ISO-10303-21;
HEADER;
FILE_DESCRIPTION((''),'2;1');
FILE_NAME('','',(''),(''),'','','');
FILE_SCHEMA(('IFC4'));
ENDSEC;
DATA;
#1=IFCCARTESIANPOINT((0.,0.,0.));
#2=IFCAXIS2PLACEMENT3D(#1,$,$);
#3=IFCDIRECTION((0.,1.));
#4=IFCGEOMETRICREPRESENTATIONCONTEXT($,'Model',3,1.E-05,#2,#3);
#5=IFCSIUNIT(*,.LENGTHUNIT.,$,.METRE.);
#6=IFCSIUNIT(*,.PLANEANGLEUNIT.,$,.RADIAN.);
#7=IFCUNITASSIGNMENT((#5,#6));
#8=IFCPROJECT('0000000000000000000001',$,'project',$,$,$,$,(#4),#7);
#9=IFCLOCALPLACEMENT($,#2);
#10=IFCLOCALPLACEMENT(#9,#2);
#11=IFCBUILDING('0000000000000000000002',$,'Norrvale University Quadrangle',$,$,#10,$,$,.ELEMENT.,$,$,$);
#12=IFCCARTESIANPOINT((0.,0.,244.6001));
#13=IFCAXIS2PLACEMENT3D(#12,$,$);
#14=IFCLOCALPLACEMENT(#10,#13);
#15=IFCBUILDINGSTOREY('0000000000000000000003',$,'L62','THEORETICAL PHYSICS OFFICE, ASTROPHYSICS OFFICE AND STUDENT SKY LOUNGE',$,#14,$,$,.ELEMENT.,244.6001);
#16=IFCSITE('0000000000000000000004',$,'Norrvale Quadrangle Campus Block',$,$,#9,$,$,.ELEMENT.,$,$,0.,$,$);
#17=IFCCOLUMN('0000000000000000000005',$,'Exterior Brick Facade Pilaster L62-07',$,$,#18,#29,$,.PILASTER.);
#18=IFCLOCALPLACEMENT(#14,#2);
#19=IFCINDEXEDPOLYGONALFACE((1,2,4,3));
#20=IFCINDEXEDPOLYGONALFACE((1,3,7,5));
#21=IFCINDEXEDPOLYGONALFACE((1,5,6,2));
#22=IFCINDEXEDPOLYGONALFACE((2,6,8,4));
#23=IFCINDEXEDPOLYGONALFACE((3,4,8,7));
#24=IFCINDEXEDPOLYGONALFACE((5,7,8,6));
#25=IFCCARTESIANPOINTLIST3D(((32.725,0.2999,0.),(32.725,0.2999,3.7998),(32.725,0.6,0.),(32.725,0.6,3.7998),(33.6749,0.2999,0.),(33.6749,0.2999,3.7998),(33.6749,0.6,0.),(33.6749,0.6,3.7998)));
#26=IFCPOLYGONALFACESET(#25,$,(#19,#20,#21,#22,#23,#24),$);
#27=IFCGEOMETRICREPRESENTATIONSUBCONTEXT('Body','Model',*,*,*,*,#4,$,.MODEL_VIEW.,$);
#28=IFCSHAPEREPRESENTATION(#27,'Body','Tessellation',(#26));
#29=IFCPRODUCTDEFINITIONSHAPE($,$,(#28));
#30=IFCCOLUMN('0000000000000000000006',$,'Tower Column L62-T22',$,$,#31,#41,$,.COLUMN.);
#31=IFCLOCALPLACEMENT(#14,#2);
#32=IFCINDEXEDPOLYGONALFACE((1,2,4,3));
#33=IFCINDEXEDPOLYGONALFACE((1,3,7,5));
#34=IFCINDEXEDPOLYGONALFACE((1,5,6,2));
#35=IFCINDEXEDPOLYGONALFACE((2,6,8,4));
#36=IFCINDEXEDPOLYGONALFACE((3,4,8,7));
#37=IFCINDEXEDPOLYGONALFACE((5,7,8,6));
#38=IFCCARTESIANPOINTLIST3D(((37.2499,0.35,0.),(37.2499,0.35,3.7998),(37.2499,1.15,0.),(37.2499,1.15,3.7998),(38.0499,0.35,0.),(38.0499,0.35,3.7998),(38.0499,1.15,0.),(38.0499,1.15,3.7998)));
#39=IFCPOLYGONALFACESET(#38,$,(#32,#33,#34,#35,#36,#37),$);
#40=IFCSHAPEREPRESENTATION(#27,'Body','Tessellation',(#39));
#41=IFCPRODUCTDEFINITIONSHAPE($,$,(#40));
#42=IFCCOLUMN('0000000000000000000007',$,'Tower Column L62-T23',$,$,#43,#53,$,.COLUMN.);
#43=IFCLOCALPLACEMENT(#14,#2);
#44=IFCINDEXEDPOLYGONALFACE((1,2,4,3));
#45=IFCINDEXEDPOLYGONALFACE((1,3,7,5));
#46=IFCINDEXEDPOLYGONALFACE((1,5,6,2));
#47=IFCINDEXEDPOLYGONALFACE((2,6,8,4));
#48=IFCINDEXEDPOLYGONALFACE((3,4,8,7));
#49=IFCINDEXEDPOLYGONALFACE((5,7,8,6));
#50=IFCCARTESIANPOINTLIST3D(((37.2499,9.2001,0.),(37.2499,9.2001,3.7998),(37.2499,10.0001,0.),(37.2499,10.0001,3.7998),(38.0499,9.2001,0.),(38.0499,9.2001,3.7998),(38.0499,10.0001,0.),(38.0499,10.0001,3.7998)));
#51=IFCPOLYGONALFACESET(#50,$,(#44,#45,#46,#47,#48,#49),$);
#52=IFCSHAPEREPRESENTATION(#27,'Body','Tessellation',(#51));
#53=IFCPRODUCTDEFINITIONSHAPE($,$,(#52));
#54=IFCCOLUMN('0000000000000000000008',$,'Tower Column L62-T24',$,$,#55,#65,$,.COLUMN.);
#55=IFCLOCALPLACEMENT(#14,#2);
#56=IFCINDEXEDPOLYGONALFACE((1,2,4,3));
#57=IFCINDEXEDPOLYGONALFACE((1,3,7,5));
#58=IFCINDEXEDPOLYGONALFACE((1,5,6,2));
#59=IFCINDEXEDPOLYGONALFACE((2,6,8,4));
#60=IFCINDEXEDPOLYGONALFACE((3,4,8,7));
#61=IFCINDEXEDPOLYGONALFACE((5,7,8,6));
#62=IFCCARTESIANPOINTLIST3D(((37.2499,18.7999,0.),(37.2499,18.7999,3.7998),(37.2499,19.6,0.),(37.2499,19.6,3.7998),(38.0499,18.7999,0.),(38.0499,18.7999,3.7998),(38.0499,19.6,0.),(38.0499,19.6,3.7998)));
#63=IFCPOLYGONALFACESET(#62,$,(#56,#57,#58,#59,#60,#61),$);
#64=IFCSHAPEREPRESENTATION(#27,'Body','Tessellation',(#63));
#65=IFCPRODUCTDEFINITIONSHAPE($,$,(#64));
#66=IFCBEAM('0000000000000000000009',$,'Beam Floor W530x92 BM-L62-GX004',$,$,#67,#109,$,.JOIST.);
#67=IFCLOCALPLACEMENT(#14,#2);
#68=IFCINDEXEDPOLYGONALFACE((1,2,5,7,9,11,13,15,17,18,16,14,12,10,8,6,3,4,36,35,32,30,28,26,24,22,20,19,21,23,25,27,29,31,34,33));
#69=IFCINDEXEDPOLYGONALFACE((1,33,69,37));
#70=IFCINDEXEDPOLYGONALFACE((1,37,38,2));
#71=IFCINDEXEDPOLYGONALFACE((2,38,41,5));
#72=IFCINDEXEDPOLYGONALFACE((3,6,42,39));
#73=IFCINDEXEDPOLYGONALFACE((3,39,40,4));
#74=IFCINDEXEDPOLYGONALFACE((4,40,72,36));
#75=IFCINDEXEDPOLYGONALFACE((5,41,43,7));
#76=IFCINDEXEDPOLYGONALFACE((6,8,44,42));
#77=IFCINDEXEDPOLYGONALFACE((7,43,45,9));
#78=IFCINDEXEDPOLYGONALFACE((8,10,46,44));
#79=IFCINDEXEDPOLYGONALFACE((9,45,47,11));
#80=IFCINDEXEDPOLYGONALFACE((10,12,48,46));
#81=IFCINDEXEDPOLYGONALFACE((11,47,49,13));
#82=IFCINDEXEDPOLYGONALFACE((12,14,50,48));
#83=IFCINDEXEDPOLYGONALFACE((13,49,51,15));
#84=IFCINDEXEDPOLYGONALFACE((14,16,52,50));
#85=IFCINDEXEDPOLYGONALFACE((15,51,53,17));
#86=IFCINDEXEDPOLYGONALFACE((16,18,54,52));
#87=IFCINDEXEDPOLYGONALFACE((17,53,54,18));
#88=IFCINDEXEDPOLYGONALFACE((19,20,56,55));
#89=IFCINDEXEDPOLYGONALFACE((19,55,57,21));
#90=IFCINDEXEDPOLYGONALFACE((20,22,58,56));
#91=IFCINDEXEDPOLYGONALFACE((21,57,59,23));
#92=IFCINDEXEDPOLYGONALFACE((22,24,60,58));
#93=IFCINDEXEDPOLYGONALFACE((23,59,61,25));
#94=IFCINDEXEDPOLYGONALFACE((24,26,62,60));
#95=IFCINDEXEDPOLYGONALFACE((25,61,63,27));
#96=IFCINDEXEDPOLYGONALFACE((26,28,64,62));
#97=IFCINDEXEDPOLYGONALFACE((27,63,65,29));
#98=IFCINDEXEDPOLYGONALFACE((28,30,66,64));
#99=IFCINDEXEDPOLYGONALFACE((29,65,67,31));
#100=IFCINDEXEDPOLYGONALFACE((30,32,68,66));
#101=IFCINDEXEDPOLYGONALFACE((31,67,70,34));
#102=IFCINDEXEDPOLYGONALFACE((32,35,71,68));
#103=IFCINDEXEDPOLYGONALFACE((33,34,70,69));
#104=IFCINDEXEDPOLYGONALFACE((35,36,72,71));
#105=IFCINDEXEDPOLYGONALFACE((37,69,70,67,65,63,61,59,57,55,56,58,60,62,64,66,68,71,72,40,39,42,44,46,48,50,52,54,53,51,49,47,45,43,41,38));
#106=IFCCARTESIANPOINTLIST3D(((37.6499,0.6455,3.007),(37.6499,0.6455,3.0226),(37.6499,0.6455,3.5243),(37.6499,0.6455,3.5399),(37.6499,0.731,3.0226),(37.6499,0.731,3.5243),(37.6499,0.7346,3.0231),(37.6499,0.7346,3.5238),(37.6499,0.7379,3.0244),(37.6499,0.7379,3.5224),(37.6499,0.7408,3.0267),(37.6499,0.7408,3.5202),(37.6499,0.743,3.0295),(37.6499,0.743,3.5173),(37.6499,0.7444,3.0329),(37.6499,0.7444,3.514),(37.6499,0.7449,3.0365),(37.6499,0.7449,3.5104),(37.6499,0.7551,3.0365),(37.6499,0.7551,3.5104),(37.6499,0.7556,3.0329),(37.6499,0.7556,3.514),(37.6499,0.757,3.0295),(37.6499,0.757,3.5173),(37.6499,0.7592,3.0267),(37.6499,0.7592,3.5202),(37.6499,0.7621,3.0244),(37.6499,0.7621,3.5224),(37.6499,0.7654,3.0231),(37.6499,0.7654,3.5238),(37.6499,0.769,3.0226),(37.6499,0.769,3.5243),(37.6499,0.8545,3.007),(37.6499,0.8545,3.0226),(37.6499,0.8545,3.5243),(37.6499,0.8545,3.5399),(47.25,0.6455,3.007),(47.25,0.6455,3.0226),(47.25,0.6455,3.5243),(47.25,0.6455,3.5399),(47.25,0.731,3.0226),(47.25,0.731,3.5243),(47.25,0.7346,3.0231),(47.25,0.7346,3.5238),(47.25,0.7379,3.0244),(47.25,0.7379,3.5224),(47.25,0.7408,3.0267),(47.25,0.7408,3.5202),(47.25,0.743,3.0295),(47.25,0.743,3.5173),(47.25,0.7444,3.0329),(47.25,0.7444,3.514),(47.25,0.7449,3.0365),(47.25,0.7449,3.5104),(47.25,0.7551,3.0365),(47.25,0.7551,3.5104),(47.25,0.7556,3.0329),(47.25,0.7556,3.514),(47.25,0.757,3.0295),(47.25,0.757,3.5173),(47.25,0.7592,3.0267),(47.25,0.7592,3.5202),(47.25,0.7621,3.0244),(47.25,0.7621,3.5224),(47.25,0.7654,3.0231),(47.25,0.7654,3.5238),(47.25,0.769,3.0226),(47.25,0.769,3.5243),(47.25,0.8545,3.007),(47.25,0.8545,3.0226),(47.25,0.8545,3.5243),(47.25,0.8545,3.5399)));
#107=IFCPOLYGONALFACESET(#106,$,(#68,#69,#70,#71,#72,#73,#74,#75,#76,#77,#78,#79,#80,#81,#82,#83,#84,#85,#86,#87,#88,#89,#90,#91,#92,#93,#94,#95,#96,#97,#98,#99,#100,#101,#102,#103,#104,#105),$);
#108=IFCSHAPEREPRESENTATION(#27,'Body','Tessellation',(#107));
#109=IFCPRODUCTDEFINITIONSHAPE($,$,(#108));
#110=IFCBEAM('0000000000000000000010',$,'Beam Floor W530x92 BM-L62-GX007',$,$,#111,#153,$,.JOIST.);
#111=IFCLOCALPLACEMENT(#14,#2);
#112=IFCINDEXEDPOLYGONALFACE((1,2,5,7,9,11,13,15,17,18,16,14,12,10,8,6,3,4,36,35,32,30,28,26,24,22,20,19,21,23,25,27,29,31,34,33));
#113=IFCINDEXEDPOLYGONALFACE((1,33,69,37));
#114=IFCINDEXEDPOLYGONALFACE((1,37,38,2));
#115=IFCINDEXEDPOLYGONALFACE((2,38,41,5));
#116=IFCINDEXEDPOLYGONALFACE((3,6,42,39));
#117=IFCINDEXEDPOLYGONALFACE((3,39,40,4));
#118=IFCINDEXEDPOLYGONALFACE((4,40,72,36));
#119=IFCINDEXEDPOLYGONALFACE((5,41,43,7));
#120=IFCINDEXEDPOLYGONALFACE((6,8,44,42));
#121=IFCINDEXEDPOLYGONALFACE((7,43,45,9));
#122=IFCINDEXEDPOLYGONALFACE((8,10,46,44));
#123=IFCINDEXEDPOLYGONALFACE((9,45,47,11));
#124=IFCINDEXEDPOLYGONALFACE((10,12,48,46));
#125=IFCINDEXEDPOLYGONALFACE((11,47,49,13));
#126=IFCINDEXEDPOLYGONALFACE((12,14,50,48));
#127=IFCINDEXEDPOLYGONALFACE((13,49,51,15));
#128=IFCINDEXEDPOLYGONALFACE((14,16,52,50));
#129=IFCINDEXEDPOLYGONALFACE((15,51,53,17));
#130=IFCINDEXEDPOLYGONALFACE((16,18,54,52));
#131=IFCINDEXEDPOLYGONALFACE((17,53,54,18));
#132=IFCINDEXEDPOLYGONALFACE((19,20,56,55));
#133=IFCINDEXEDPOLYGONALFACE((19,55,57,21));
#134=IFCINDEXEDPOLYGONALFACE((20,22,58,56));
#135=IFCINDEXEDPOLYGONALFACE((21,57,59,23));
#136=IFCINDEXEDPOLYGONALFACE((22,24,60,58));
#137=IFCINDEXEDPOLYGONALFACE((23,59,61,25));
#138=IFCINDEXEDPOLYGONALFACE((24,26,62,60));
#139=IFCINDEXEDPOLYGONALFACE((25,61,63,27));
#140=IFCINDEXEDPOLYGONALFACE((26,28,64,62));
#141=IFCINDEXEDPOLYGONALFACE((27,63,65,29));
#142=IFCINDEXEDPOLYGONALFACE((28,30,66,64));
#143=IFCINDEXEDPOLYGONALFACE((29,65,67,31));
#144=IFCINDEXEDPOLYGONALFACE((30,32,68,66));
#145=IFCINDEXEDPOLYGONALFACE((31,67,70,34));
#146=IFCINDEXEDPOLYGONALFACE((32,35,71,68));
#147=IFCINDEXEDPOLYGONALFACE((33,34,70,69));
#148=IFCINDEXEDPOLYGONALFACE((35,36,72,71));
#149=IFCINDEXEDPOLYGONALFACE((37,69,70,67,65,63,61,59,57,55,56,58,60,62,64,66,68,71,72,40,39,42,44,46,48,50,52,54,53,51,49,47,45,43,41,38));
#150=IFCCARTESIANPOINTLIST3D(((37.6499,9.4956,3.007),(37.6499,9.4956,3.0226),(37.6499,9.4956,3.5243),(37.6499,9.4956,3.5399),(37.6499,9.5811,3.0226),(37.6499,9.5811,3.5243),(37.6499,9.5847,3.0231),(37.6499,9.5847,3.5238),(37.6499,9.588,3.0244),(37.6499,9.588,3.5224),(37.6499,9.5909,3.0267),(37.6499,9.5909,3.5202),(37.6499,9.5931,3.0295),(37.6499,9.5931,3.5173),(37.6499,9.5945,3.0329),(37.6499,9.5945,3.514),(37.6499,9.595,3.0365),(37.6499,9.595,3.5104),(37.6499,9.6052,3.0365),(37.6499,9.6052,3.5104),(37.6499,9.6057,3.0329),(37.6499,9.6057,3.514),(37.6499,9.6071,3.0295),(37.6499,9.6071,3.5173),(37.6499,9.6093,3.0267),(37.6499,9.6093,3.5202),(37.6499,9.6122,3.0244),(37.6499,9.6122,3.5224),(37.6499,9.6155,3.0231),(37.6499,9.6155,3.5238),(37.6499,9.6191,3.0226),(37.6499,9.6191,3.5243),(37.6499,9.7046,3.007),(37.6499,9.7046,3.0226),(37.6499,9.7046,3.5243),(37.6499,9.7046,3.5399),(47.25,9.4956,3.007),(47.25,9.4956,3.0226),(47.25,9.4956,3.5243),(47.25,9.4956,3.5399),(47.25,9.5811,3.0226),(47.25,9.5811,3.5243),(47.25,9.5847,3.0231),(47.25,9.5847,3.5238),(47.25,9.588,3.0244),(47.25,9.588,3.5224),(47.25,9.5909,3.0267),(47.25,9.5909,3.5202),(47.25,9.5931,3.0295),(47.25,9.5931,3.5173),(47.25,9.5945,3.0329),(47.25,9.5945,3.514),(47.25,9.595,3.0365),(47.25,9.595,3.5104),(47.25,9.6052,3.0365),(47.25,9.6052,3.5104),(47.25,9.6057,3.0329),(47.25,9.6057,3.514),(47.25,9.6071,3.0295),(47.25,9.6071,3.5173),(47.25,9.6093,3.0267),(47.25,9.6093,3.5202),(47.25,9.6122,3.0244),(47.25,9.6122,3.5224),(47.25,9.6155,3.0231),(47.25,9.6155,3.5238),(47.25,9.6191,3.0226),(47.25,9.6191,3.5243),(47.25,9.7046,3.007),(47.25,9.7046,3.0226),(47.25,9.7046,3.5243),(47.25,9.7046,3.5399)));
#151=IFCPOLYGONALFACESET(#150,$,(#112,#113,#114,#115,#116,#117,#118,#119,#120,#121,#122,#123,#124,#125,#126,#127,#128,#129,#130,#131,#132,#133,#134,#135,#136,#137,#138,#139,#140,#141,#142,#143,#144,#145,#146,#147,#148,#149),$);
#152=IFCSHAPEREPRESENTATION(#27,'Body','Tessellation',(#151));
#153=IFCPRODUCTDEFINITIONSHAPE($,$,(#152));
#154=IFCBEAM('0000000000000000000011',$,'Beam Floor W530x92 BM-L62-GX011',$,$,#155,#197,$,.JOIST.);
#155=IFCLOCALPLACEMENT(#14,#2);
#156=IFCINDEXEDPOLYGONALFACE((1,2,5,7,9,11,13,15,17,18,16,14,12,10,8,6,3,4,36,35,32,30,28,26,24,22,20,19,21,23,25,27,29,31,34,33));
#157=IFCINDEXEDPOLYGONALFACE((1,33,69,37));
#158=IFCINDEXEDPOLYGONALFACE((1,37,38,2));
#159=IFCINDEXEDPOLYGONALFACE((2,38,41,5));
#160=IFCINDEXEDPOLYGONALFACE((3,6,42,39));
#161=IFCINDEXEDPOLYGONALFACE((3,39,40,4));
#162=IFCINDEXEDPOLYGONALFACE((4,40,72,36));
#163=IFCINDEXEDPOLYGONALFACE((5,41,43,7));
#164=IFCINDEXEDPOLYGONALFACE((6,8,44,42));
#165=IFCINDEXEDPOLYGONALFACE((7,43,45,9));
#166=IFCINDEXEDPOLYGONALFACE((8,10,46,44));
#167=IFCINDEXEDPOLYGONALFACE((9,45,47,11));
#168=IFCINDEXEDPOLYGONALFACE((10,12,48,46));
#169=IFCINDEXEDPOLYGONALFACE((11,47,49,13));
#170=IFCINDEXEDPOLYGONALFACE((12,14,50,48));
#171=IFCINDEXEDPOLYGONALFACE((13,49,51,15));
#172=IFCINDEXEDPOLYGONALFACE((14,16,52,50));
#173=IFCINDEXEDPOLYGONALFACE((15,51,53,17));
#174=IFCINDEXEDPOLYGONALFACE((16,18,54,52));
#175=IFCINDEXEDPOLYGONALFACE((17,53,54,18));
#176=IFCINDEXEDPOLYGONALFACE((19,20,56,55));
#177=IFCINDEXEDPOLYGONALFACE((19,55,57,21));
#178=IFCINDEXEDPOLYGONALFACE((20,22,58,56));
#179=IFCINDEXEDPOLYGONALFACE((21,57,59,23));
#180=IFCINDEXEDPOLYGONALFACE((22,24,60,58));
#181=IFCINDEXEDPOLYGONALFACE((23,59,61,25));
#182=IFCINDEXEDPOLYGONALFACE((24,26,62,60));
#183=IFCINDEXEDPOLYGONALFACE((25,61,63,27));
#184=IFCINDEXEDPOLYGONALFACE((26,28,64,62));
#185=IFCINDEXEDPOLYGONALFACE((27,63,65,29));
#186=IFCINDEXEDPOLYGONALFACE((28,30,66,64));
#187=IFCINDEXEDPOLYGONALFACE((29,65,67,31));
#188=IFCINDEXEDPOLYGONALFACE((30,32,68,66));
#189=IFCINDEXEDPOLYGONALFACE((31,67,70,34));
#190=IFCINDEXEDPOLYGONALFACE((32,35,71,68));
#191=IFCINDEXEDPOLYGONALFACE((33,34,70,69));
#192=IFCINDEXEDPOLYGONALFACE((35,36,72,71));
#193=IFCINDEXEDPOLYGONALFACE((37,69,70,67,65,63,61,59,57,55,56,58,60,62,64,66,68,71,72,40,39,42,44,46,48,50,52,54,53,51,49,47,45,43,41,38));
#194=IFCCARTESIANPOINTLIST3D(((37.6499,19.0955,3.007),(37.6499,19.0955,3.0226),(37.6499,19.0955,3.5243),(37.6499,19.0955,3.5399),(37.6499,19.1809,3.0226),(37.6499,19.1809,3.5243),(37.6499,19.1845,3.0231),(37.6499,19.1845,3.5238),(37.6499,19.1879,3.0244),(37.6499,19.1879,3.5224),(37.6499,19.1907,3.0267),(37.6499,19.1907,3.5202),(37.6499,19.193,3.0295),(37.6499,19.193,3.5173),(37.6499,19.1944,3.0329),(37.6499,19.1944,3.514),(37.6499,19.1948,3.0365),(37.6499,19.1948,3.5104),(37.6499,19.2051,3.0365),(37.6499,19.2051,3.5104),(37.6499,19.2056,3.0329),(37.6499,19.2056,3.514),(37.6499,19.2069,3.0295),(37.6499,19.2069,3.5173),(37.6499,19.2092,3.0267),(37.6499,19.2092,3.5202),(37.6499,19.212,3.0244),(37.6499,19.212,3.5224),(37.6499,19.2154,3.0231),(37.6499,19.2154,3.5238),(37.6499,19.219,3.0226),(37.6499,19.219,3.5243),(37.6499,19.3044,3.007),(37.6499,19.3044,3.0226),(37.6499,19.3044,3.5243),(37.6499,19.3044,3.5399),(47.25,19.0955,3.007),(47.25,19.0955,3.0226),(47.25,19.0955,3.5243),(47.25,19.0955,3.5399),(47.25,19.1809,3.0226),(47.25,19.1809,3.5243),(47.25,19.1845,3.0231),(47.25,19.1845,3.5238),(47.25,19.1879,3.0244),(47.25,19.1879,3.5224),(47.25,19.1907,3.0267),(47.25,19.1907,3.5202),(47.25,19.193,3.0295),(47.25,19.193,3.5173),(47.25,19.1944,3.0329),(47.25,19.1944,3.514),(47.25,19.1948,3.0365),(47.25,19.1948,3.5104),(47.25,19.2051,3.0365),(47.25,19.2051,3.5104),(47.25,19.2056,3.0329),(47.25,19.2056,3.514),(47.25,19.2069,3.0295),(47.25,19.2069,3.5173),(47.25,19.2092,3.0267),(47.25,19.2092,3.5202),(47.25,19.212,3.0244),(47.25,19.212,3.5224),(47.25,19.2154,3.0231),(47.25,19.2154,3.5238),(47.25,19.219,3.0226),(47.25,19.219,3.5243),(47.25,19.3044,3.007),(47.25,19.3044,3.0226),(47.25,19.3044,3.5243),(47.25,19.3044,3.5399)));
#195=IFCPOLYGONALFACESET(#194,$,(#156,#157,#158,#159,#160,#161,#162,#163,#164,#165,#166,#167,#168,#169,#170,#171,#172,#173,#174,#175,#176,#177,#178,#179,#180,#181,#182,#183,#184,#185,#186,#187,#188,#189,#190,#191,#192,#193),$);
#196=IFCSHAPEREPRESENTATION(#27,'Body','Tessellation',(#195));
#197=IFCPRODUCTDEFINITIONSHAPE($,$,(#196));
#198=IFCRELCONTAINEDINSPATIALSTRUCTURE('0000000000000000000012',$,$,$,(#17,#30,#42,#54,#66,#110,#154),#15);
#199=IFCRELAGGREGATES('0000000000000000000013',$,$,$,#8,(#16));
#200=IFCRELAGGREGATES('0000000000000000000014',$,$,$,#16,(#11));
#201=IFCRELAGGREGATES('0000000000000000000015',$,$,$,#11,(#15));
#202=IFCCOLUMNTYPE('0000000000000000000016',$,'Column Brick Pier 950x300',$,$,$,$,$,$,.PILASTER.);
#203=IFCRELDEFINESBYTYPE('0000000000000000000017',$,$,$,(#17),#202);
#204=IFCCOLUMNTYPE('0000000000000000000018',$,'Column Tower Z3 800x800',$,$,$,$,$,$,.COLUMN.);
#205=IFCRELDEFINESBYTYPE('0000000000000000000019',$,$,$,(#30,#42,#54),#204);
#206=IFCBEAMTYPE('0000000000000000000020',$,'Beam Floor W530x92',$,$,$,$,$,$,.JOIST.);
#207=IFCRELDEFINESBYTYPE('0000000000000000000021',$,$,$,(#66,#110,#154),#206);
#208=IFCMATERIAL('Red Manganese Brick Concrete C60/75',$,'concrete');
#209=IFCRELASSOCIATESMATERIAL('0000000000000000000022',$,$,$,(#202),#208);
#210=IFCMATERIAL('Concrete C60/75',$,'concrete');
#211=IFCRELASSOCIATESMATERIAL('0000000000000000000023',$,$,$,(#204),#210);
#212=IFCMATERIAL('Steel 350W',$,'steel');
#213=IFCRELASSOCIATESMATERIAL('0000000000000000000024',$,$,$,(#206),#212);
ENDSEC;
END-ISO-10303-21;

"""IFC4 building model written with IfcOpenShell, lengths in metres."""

from ifc_helpers import new_model, si_unit, direction, frame, origin, origin_2d, place, context, subcontext, project, spatial, rectangle, i_section, extrude, material, material_profile, profile_set, type_object, element, save


model = new_model("IFC4")

# Units and contexts
model_context = context("Model", 3, precision=1e-05, world=origin(), true_north=direction((0.0, 1.0)))
body_context = subcontext(model_context, "Body", "Model", "MODEL_VIEW")
ifc_project = project(units=[si_unit("LENGTHUNIT", "METRE"), si_unit("PLANEANGLEUNIT", "RADIAN")], contexts=[model_context])

# Site, building, storey
site_placement = place(None, origin())
site = spatial("IfcSite", under=ifc_project, at=site_placement, Name="Norrvale Quadrangle Campus Block", CompositionType="ELEMENT", RefElevation=0.0)
building_placement = place(site_placement, origin())
building = spatial("IfcBuilding", under=site, at=building_placement, Name="Norrvale University Quadrangle", CompositionType="ELEMENT")
storey_placement = place(building_placement, frame((0.0, 0.0, 244.6001)))
storey = spatial("IfcBuildingStorey", under=building, at=storey_placement, Name="L62", Description="THEORETICAL PHYSICS OFFICE, ASTROPHYSICS OFFICE AND STUDENT SKY LOUNGE", CompositionType="ELEMENT", Elevation=244.6001)

# Columns
ifc_material_1 = material(Name="Red Manganese Brick Concrete C60/75", Category="concrete")
ifc_material_profile_1 = material_profile(ifc_material_1, rectangle(XDim=0.95, YDim=0.3, at=origin_2d()), Name="Red Manganese Brick Concrete C60/75")
ifc_profile_set_1 = profile_set([ifc_material_profile_1], Name="Red Manganese Brick Concrete C60/75")
column_type_1 = type_object("IfcColumnType", Name="Column Brick Pier 950x300", PredefinedType="PILASTER", material=ifc_profile_set_1)
column_placement = place(storey_placement, frame((33.2, 0.45, 0.0), z_axis=(0.0, 0.0, 1.0), x_axis=(1.0, 0.0, 0.0)))
element("IfcColumn", 1, at=column_placement, inside=storey, type_object=column_type_1, Name="Exterior Brick Facade Pilaster L62-07", PredefinedType="PILASTER", context=body_context, shape_type="SweptSolid", body=[
    extrude(rectangle(XDim=0.95, YDim=0.3, at=origin_2d()), origin(), (0.0, 0.0, 1.0), 3.7998),
])
ifc_material_2 = material(Name="Concrete C60/75", Category="concrete")
ifc_material_profile_2 = material_profile(ifc_material_2, rectangle(XDim=0.8, YDim=0.8, at=origin_2d()), Name="Concrete C60/75")
ifc_profile_set_2 = profile_set([ifc_material_profile_2], Name="Concrete C60/75")
column_type_2 = type_object("IfcColumnType", Name="Column Tower Z3 800x800", PredefinedType="COLUMN", material=ifc_profile_set_2)
for number, where, z_axis, x_axis, name in (
    (2, (37.6499, 0.75, 0.0), (0.0, 0.0, 1.0), (1.0, 0.0, 0.0), "Tower Column L62-T22"),
    (3, (37.6499, 9.6001, 0.0), (0.0, 0.0, 1.0), (1.0, 0.0, 0.0), "Tower Column L62-T23"),
    (4, (37.6499, 19.2, 0.0), (0.0, 0.0, 1.0), (1.0, 0.0, 0.0), "Tower Column L62-T24"),
):
    element("IfcColumn", number, at=place(storey_placement, frame(where, z_axis=z_axis, x_axis=x_axis)), inside=storey, type_object=column_type_2, Name=name, PredefinedType="COLUMN", context=body_context, shape_type="SweptSolid", body=[
        extrude(rectangle(XDim=0.8, YDim=0.8, at=origin_2d()), origin(), (0.0, 0.0, 1.0), 3.7998),
    ])

# Beams
ifc_material_3 = material(Name="Steel 350W", Category="steel")
ifc_material_profile_3 = material_profile(ifc_material_3, i_section(OverallWidth=0.209, OverallDepth=0.533, WebThickness=0.0103, FlangeThickness=0.0156, FilletRadius=0.0139, at=origin_2d()), Name="Steel 350W")
ifc_profile_set_3 = profile_set([ifc_material_profile_3], Name="Steel 350W")
beam_type_1 = type_object("IfcBeamType", Name="Beam Floor W530x92", PredefinedType="JOIST", material=ifc_profile_set_3)
for number, where, z_axis, x_axis, name in (
    (5, (37.6499, 0.75, 3.2734), (1.0, 0.0, 0.0), (0.0, 1.0, 0.0), "Beam Floor W530x92 BM-L62-GX004"),
    (6, (37.6499, 9.6001, 3.2734), (1.0, 0.0, 0.0), (0.0, 1.0, 0.0), "Beam Floor W530x92 BM-L62-GX007"),
    (7, (37.6499, 19.2, 3.2734), (1.0, 0.0, 0.0), (0.0, 1.0, 0.0), "Beam Floor W530x92 BM-L62-GX011"),
):
    element("IfcBeam", number, at=place(storey_placement, frame(where, z_axis=z_axis, x_axis=x_axis)), inside=storey, type_object=beam_type_1, Name=name, PredefinedType="JOIST", context=body_context, shape_type="SweptSolid", body=[
        extrude(i_section(OverallWidth=0.209, OverallDepth=0.533, WebThickness=0.0103, FlangeThickness=0.0156, FilletRadius=0.0139, at=origin_2d()), origin(), (0.0, 0.0, 1.0), 9.6001),
    ])

save(model, "model.ifc")
